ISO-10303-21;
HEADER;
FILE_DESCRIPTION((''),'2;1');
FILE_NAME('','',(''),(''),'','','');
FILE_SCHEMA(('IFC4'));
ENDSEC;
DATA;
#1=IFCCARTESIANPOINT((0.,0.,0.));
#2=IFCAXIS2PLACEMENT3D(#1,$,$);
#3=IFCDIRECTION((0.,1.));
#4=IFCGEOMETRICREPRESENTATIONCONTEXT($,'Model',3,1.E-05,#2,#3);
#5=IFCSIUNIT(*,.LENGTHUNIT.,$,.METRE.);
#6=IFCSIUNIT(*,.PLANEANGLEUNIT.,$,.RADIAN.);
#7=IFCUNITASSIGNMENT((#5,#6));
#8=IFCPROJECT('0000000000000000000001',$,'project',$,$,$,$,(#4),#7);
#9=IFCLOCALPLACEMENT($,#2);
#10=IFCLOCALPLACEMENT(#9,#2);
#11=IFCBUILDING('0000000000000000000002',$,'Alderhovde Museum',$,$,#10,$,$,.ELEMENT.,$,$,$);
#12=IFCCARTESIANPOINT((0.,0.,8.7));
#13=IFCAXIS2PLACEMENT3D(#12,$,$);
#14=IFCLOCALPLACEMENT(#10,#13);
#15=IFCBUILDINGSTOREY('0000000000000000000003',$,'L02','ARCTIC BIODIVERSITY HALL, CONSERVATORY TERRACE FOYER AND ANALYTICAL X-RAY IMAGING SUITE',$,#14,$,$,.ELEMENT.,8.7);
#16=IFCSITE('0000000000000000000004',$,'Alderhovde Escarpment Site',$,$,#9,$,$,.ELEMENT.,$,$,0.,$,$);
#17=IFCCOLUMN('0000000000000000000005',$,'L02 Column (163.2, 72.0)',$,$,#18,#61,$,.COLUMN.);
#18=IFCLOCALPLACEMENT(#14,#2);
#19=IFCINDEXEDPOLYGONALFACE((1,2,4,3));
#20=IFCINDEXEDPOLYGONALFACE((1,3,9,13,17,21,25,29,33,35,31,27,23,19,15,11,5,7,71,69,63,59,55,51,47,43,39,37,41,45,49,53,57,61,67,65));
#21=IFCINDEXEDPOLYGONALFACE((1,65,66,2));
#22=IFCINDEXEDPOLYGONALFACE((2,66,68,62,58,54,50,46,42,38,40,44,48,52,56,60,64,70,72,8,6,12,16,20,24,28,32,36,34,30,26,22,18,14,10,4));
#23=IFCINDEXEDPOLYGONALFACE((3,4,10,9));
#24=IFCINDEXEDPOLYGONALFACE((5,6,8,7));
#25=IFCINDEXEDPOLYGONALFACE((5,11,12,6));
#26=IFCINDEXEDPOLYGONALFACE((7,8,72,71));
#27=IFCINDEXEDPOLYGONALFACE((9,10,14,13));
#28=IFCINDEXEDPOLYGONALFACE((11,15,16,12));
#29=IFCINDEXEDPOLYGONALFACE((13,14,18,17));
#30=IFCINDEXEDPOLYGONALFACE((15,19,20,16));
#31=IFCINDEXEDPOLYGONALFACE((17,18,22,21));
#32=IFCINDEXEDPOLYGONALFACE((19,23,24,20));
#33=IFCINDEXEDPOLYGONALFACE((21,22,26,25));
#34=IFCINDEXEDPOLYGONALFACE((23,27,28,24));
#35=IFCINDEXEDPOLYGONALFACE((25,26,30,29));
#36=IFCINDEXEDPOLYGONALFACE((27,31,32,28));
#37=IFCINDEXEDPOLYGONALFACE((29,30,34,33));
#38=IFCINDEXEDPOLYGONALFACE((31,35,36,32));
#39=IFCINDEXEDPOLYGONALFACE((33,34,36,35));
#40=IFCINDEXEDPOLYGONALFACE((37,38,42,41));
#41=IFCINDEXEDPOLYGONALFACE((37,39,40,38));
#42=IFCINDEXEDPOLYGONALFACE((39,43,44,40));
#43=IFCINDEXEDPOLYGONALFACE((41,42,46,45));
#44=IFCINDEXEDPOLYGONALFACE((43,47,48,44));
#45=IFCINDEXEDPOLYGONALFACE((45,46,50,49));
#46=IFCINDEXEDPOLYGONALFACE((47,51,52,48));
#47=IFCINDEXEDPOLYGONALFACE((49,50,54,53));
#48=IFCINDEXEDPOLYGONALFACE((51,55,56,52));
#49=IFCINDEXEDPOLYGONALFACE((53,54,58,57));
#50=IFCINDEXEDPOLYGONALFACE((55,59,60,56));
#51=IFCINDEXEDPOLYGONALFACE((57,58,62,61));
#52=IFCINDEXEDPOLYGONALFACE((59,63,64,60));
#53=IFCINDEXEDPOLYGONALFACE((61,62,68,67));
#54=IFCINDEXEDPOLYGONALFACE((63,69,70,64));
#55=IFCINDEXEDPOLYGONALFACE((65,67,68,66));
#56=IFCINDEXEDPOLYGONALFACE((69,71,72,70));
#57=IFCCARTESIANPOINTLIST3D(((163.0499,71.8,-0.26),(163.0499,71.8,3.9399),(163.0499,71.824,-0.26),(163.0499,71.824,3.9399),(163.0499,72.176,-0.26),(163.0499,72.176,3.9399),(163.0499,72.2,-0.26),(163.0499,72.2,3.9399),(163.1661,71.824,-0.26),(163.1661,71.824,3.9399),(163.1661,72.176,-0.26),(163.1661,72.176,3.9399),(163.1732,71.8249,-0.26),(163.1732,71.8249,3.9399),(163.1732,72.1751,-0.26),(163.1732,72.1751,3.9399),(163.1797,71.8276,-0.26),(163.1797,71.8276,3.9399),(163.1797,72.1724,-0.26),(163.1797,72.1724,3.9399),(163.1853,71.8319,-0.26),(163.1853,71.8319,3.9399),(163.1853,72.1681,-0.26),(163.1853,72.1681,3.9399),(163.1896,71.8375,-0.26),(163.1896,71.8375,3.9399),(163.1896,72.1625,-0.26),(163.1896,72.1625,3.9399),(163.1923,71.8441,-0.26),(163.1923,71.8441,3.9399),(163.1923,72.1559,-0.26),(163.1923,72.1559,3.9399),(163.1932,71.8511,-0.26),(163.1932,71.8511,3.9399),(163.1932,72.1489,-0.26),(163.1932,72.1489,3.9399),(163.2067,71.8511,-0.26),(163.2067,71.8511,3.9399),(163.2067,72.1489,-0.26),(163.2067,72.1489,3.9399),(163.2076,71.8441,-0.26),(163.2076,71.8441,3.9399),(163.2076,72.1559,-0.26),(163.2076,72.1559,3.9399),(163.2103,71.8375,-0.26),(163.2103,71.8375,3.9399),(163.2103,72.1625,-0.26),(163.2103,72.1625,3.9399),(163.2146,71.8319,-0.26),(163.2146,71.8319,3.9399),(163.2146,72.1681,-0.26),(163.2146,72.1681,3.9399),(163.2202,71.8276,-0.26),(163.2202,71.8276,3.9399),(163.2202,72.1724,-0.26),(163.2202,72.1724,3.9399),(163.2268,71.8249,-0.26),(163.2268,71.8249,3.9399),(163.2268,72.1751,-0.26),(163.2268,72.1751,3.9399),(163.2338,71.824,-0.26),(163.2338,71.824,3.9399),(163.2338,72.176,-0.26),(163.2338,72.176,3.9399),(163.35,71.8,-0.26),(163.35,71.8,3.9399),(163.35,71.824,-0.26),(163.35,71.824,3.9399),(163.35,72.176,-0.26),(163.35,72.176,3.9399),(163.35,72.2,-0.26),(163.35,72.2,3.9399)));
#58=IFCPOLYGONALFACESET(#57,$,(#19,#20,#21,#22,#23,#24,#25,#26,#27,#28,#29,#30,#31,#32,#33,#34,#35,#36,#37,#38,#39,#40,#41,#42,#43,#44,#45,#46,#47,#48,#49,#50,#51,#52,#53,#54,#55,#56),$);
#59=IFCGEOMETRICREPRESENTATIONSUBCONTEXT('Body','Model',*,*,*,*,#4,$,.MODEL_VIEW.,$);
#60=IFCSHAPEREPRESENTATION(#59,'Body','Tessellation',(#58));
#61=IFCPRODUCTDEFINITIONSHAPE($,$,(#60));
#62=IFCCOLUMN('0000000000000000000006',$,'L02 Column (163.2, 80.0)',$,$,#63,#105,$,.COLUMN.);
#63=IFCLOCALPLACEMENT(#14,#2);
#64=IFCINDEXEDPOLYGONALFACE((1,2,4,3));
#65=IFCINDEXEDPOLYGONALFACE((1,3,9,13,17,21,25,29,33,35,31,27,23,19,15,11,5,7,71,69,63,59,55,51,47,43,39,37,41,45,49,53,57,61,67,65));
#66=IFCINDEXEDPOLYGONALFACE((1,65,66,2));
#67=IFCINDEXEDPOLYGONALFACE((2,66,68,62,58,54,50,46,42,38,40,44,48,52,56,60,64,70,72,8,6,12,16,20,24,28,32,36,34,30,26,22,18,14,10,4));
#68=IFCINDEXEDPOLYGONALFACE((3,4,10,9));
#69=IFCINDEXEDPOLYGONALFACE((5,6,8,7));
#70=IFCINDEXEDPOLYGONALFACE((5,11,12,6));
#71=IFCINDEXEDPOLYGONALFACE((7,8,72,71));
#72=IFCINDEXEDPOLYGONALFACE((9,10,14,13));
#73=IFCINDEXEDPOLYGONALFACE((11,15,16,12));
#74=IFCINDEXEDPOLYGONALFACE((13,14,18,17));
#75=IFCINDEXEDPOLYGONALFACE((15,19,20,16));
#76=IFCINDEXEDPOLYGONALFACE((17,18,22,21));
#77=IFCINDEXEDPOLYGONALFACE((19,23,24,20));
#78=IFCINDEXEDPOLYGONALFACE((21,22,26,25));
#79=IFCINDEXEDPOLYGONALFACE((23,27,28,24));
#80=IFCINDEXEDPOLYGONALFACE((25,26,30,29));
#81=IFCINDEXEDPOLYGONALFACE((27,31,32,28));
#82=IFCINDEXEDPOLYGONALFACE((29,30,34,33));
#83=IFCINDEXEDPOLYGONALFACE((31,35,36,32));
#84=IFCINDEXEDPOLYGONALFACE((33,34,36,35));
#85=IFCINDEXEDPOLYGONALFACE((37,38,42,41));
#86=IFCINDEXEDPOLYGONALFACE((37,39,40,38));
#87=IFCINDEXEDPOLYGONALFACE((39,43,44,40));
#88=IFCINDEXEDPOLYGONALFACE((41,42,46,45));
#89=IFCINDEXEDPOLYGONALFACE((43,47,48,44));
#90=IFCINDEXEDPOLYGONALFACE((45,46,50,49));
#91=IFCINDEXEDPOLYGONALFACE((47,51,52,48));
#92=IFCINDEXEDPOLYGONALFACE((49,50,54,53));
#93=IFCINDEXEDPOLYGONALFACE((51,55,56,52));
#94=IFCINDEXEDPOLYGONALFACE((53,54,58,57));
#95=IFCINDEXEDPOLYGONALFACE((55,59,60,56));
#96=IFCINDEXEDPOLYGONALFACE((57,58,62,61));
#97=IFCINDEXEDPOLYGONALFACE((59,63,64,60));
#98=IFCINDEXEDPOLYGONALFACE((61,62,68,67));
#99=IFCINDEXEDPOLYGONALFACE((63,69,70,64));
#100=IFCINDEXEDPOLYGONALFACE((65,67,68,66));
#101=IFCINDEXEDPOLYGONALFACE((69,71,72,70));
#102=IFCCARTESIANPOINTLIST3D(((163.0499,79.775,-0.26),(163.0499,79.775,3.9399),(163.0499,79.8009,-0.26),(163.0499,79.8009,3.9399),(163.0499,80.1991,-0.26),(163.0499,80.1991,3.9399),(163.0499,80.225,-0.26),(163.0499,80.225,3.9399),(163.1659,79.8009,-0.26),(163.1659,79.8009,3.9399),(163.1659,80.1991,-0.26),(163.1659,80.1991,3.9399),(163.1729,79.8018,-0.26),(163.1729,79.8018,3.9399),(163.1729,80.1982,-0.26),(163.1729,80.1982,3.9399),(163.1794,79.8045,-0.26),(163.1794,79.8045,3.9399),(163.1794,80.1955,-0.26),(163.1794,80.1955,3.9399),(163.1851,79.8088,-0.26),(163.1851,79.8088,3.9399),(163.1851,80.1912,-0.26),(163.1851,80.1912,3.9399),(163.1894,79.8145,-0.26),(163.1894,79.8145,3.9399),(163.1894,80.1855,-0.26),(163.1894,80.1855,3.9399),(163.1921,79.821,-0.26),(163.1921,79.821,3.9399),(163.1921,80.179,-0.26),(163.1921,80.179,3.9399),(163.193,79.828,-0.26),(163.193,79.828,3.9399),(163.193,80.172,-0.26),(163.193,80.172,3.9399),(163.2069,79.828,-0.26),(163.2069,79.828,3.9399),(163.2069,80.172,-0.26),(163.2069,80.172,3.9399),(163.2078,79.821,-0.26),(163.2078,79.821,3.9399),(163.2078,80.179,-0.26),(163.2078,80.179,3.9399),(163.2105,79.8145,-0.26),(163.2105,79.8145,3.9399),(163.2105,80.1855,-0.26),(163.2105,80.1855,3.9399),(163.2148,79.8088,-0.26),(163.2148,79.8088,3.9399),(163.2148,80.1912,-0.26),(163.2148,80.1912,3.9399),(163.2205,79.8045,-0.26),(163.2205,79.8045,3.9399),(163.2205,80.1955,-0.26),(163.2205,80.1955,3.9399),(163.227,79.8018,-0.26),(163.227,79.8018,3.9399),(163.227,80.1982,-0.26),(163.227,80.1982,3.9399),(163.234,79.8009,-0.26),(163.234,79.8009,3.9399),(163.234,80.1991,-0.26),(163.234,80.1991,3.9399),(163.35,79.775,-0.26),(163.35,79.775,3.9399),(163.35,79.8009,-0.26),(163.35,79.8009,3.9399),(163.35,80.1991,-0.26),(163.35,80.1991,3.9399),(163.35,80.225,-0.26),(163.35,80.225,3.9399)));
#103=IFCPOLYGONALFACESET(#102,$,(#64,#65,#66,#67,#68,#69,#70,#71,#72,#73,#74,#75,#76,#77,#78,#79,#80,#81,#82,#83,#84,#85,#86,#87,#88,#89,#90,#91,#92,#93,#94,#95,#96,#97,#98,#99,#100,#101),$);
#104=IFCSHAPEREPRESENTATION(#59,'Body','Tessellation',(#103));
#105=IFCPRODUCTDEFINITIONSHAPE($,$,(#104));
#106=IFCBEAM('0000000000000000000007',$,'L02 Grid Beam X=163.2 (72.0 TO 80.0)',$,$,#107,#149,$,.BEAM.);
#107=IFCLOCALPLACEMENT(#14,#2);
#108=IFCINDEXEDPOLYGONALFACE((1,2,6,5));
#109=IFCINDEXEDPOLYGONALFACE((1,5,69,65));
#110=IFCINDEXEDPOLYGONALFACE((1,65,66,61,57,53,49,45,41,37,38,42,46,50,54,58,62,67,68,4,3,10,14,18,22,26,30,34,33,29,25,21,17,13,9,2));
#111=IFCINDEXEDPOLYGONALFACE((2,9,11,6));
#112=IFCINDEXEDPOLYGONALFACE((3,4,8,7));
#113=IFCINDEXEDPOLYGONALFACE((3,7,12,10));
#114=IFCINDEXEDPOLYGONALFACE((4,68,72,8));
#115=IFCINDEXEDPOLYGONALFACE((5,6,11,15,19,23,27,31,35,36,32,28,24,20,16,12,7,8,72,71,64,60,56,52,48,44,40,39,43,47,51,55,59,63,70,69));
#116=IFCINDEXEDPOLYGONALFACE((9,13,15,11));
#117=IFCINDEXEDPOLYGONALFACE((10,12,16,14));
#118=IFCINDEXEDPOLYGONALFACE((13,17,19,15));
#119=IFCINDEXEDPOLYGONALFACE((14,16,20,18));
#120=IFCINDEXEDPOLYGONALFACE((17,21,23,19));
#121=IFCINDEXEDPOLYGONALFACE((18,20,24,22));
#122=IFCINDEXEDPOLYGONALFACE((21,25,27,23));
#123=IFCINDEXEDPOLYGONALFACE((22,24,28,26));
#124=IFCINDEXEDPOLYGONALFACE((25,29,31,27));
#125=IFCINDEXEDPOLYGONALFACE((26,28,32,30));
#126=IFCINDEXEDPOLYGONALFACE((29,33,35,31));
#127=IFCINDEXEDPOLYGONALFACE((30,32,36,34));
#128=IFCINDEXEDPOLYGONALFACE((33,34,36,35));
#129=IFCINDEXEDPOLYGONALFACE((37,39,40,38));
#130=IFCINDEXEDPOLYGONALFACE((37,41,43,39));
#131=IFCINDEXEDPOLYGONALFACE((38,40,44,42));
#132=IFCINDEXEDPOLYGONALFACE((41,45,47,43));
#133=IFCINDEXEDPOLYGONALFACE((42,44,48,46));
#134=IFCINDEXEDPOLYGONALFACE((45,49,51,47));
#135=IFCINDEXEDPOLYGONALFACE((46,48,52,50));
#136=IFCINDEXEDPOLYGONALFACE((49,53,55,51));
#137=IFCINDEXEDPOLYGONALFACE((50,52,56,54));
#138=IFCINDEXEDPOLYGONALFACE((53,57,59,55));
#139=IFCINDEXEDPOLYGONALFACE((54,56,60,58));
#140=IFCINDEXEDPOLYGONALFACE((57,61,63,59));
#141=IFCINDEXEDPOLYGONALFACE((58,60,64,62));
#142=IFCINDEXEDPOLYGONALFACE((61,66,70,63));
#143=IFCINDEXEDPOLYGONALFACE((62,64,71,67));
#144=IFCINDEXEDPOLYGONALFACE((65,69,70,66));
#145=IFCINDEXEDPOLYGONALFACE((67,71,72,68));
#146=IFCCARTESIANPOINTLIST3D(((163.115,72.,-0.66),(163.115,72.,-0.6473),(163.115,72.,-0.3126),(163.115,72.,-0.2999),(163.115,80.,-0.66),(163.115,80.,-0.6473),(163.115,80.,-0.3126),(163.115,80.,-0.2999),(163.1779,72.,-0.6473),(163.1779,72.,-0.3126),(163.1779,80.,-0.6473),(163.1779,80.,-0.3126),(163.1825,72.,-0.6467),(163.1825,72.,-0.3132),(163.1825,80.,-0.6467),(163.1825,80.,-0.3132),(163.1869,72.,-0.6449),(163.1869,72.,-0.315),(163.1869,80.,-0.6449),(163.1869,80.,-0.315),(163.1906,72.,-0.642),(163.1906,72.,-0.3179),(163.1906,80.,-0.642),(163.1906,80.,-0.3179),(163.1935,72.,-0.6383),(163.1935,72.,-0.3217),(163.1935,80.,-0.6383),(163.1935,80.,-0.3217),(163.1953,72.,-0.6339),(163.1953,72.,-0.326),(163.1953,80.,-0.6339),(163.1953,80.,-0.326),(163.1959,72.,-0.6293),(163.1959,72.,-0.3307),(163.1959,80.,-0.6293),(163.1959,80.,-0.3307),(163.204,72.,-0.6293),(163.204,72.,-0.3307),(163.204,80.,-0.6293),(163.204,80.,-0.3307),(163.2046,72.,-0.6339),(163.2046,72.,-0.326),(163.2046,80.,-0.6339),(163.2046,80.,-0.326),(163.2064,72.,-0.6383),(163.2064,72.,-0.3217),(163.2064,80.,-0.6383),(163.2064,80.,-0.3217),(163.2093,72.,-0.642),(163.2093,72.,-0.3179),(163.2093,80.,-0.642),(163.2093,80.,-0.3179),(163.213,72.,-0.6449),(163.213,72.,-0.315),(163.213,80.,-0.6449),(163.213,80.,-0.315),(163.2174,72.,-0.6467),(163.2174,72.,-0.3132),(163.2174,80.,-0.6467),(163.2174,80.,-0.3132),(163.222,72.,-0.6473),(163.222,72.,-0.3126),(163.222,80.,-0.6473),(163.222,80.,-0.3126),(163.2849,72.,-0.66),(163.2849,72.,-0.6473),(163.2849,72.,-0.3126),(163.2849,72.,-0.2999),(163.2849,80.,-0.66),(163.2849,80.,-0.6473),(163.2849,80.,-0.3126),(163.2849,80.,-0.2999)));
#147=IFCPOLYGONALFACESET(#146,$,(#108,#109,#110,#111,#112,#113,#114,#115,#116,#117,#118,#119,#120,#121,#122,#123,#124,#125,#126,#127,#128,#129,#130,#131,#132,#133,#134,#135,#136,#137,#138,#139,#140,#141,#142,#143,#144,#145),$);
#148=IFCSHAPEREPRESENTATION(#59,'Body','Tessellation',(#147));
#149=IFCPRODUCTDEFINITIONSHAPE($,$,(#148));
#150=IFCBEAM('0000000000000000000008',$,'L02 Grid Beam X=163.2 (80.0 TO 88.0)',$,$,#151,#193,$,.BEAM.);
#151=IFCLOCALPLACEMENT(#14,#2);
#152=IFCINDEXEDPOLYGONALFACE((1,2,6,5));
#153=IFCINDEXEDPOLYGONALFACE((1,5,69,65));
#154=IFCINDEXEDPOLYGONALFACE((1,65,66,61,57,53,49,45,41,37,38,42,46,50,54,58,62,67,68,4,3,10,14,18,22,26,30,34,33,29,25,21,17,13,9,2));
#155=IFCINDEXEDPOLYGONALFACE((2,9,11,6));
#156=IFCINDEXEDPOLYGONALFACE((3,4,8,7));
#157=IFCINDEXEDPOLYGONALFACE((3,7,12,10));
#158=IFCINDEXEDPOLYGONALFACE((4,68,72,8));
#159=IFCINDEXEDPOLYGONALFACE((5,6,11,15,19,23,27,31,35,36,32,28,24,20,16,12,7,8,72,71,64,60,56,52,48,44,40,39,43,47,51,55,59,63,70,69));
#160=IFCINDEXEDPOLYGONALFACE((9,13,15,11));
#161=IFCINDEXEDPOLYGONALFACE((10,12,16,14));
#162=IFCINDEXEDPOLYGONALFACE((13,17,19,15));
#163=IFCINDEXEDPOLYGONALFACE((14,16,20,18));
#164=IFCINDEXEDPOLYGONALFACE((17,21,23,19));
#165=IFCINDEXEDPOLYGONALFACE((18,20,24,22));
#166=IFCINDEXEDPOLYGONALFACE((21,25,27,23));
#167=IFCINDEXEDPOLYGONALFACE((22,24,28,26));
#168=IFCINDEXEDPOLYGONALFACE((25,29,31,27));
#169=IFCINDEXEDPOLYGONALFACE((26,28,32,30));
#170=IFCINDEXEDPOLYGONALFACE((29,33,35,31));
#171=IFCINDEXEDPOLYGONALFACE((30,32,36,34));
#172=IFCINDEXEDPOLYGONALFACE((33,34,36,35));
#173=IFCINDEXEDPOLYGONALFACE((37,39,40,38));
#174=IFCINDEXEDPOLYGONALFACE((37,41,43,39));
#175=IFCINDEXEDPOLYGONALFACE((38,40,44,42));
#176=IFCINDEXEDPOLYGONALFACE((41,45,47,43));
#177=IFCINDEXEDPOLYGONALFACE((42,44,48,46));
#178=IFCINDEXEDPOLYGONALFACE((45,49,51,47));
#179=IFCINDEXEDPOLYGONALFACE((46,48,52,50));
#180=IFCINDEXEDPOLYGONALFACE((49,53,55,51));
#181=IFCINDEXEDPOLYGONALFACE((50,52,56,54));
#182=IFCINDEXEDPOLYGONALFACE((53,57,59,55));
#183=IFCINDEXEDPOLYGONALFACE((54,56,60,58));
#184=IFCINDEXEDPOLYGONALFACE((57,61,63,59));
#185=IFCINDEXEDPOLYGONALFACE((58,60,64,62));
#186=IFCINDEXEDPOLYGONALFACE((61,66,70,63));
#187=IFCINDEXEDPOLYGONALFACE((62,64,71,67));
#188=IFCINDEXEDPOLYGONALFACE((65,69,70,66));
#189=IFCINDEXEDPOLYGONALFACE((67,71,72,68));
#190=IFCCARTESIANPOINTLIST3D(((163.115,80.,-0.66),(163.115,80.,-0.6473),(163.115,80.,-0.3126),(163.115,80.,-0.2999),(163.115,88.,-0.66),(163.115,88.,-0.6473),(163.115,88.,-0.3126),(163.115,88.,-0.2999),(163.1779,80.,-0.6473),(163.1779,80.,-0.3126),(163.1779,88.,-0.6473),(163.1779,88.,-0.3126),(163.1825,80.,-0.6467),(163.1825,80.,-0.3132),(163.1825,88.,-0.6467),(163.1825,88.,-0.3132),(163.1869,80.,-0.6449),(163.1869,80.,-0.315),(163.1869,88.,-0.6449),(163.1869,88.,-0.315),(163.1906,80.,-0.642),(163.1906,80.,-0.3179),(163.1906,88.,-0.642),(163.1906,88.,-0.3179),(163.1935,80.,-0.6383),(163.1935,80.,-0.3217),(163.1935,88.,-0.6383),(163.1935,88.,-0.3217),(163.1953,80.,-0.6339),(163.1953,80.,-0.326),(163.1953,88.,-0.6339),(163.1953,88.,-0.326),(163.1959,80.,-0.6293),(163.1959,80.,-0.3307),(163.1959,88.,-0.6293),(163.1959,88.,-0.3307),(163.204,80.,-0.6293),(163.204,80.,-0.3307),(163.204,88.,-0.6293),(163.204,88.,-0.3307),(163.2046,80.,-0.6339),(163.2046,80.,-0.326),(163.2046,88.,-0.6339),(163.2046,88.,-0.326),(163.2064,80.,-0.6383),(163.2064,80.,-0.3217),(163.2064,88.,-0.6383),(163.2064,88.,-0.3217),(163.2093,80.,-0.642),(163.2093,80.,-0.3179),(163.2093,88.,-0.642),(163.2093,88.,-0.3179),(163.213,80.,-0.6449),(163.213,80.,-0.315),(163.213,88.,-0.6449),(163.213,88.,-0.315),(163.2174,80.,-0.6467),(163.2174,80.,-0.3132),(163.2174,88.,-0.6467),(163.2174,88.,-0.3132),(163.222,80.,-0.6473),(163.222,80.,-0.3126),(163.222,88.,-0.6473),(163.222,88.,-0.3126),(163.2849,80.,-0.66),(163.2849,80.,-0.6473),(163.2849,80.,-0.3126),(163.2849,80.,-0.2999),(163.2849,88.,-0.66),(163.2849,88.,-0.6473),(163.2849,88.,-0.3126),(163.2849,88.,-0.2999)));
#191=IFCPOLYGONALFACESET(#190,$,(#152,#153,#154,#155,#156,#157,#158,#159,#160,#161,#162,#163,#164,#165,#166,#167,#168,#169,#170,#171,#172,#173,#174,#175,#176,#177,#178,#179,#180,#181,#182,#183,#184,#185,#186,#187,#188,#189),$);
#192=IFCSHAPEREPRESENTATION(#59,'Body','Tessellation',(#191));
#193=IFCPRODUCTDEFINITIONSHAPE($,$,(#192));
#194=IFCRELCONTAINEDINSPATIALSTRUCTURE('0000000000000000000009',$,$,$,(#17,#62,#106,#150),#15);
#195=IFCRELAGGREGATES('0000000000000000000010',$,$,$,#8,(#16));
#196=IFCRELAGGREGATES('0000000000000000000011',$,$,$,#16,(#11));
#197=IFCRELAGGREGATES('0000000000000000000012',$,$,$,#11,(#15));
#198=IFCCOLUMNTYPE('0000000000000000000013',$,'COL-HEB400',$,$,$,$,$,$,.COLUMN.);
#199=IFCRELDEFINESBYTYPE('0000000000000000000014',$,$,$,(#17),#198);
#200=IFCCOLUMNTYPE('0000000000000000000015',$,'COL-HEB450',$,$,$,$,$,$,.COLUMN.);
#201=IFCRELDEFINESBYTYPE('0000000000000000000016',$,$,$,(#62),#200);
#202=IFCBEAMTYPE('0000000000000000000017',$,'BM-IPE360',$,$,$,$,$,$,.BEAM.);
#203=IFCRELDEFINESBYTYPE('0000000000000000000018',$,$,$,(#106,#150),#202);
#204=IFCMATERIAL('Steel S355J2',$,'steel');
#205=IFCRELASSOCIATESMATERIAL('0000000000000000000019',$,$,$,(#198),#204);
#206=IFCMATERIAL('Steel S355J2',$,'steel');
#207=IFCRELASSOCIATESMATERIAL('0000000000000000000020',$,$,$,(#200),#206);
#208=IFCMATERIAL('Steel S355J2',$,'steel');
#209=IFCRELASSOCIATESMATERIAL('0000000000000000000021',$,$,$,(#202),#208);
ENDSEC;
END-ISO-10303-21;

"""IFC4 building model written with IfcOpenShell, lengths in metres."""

from ifc_helpers import new_model, si_unit, direction, frame, origin, origin_2d, place, context, subcontext, project, spatial, i_section, extrude, material, material_profile, profile_set, type_object, element, save


model = new_model("IFC4")

# Units and contexts
model_context = context("Model", 3, precision=1e-05, world=origin(), true_north=direction((0.0, 1.0)))
body_context = subcontext(model_context, "Body", "Model", "MODEL_VIEW")
ifc_project = project(units=[si_unit("LENGTHUNIT", "METRE"), si_unit("PLANEANGLEUNIT", "RADIAN")], contexts=[model_context])

# Site, building, storey
site_placement = place(None, origin())
site = spatial("IfcSite", under=ifc_project, at=site_placement, Name="Alderhovde Escarpment Site", CompositionType="ELEMENT", RefElevation=0.0)
building_placement = place(site_placement, origin())
building = spatial("IfcBuilding", under=site, at=building_placement, Name="Alderhovde Museum", CompositionType="ELEMENT")
storey_placement = place(building_placement, frame((0.0, 0.0, 8.7)))
storey = spatial("IfcBuildingStorey", under=building, at=storey_placement, Name="L02", Description="ARCTIC BIODIVERSITY HALL, CONSERVATORY TERRACE FOYER AND ANALYTICAL X-RAY IMAGING SUITE", CompositionType="ELEMENT", Elevation=8.7)

# Columns
ifc_material_1 = material(Name="Steel S355J2", Category="steel")
ifc_material_profile_1 = material_profile(ifc_material_1, i_section(OverallWidth=0.3, OverallDepth=0.3999, WebThickness=0.0134, FlangeThickness=0.0239, FilletRadius=0.0271, at=origin_2d()), Name="HEB 400")
ifc_profile_set_1 = profile_set([ifc_material_profile_1], Name="Steel S355J2")
column_type_1 = type_object("IfcColumnType", Name="COL-HEB400", PredefinedType="COLUMN", material=ifc_profile_set_1)
column_1_placement = place(storey_placement, frame((163.2, 72.0, -0.26), z_axis=(0.0, 0.0, 1.0), x_axis=(1.0, 0.0, 0.0)))
element("IfcColumn", 1, at=column_1_placement, inside=storey, type_object=column_type_1, Name="L02 Column (163.2, 72.0)", PredefinedType="COLUMN", context=body_context, shape_type="SweptSolid", body=[
    extrude(i_section(OverallWidth=0.3, OverallDepth=0.3999, WebThickness=0.0134, FlangeThickness=0.0239, FilletRadius=0.0271, at=origin_2d()), origin(), (0.0, 0.0, 1.0), 4.2),
])
ifc_material_2 = material(Name="Steel S355J2", Category="steel")
ifc_material_profile_2 = material_profile(ifc_material_2, i_section(OverallWidth=0.3, OverallDepth=0.45, WebThickness=0.0139, FlangeThickness=0.0259, FilletRadius=0.0271, at=origin_2d()), Name="HEB 450")
ifc_profile_set_2 = profile_set([ifc_material_profile_2], Name="Steel S355J2")
column_type_2 = type_object("IfcColumnType", Name="COL-HEB450", PredefinedType="COLUMN", material=ifc_profile_set_2)
column_2_placement = place(storey_placement, frame((163.2, 80.0, -0.26), z_axis=(0.0, 0.0, 1.0), x_axis=(1.0, 0.0, 0.0)))
element("IfcColumn", 2, at=column_2_placement, inside=storey, type_object=column_type_2, Name="L02 Column (163.2, 80.0)", PredefinedType="COLUMN", context=body_context, shape_type="SweptSolid", body=[
    extrude(i_section(OverallWidth=0.3, OverallDepth=0.45, WebThickness=0.0139, FlangeThickness=0.0259, FilletRadius=0.0271, at=origin_2d()), origin(), (0.0, 0.0, 1.0), 4.2),
])

# Beams
ifc_material_3 = material(Name="Steel S355J2", Category="steel")
ifc_material_profile_3 = material_profile(ifc_material_3, i_section(OverallWidth=0.1699, OverallDepth=0.3601, WebThickness=0.0081, FlangeThickness=0.0127, FilletRadius=0.0181, at=origin_2d()), Name="IPE 360")
ifc_profile_set_3 = profile_set([ifc_material_profile_3], Name="Steel S355J2")
beam_type_1 = type_object("IfcBeamType", Name="BM-IPE360", PredefinedType="BEAM", material=ifc_profile_set_3)
for number, where, z_axis, x_axis, name in (
    (3, (163.2, 72.0, -0.48), (0.0, 1.0, 0.0), (-1.0, 0.0, 0.0), "L02 Grid Beam X=163.2 (72.0 TO 80.0)"),
    (4, (163.2, 80.0, -0.48), (0.0, 1.0, 0.0), (-1.0, 0.0, 0.0), "L02 Grid Beam X=163.2 (80.0 TO 88.0)"),
):
    element("IfcBeam", number, at=place(storey_placement, frame(where, z_axis=z_axis, x_axis=x_axis)), inside=storey, type_object=beam_type_1, Name=name, PredefinedType="BEAM", context=body_context, shape_type="SweptSolid", body=[
        extrude(i_section(OverallWidth=0.1699, OverallDepth=0.3601, WebThickness=0.0081, FlangeThickness=0.0127, FilletRadius=0.0181, at=origin_2d()), origin(), (0.0, 0.0, 1.0), 8.0),
    ])

save(model, "model.ifc")
